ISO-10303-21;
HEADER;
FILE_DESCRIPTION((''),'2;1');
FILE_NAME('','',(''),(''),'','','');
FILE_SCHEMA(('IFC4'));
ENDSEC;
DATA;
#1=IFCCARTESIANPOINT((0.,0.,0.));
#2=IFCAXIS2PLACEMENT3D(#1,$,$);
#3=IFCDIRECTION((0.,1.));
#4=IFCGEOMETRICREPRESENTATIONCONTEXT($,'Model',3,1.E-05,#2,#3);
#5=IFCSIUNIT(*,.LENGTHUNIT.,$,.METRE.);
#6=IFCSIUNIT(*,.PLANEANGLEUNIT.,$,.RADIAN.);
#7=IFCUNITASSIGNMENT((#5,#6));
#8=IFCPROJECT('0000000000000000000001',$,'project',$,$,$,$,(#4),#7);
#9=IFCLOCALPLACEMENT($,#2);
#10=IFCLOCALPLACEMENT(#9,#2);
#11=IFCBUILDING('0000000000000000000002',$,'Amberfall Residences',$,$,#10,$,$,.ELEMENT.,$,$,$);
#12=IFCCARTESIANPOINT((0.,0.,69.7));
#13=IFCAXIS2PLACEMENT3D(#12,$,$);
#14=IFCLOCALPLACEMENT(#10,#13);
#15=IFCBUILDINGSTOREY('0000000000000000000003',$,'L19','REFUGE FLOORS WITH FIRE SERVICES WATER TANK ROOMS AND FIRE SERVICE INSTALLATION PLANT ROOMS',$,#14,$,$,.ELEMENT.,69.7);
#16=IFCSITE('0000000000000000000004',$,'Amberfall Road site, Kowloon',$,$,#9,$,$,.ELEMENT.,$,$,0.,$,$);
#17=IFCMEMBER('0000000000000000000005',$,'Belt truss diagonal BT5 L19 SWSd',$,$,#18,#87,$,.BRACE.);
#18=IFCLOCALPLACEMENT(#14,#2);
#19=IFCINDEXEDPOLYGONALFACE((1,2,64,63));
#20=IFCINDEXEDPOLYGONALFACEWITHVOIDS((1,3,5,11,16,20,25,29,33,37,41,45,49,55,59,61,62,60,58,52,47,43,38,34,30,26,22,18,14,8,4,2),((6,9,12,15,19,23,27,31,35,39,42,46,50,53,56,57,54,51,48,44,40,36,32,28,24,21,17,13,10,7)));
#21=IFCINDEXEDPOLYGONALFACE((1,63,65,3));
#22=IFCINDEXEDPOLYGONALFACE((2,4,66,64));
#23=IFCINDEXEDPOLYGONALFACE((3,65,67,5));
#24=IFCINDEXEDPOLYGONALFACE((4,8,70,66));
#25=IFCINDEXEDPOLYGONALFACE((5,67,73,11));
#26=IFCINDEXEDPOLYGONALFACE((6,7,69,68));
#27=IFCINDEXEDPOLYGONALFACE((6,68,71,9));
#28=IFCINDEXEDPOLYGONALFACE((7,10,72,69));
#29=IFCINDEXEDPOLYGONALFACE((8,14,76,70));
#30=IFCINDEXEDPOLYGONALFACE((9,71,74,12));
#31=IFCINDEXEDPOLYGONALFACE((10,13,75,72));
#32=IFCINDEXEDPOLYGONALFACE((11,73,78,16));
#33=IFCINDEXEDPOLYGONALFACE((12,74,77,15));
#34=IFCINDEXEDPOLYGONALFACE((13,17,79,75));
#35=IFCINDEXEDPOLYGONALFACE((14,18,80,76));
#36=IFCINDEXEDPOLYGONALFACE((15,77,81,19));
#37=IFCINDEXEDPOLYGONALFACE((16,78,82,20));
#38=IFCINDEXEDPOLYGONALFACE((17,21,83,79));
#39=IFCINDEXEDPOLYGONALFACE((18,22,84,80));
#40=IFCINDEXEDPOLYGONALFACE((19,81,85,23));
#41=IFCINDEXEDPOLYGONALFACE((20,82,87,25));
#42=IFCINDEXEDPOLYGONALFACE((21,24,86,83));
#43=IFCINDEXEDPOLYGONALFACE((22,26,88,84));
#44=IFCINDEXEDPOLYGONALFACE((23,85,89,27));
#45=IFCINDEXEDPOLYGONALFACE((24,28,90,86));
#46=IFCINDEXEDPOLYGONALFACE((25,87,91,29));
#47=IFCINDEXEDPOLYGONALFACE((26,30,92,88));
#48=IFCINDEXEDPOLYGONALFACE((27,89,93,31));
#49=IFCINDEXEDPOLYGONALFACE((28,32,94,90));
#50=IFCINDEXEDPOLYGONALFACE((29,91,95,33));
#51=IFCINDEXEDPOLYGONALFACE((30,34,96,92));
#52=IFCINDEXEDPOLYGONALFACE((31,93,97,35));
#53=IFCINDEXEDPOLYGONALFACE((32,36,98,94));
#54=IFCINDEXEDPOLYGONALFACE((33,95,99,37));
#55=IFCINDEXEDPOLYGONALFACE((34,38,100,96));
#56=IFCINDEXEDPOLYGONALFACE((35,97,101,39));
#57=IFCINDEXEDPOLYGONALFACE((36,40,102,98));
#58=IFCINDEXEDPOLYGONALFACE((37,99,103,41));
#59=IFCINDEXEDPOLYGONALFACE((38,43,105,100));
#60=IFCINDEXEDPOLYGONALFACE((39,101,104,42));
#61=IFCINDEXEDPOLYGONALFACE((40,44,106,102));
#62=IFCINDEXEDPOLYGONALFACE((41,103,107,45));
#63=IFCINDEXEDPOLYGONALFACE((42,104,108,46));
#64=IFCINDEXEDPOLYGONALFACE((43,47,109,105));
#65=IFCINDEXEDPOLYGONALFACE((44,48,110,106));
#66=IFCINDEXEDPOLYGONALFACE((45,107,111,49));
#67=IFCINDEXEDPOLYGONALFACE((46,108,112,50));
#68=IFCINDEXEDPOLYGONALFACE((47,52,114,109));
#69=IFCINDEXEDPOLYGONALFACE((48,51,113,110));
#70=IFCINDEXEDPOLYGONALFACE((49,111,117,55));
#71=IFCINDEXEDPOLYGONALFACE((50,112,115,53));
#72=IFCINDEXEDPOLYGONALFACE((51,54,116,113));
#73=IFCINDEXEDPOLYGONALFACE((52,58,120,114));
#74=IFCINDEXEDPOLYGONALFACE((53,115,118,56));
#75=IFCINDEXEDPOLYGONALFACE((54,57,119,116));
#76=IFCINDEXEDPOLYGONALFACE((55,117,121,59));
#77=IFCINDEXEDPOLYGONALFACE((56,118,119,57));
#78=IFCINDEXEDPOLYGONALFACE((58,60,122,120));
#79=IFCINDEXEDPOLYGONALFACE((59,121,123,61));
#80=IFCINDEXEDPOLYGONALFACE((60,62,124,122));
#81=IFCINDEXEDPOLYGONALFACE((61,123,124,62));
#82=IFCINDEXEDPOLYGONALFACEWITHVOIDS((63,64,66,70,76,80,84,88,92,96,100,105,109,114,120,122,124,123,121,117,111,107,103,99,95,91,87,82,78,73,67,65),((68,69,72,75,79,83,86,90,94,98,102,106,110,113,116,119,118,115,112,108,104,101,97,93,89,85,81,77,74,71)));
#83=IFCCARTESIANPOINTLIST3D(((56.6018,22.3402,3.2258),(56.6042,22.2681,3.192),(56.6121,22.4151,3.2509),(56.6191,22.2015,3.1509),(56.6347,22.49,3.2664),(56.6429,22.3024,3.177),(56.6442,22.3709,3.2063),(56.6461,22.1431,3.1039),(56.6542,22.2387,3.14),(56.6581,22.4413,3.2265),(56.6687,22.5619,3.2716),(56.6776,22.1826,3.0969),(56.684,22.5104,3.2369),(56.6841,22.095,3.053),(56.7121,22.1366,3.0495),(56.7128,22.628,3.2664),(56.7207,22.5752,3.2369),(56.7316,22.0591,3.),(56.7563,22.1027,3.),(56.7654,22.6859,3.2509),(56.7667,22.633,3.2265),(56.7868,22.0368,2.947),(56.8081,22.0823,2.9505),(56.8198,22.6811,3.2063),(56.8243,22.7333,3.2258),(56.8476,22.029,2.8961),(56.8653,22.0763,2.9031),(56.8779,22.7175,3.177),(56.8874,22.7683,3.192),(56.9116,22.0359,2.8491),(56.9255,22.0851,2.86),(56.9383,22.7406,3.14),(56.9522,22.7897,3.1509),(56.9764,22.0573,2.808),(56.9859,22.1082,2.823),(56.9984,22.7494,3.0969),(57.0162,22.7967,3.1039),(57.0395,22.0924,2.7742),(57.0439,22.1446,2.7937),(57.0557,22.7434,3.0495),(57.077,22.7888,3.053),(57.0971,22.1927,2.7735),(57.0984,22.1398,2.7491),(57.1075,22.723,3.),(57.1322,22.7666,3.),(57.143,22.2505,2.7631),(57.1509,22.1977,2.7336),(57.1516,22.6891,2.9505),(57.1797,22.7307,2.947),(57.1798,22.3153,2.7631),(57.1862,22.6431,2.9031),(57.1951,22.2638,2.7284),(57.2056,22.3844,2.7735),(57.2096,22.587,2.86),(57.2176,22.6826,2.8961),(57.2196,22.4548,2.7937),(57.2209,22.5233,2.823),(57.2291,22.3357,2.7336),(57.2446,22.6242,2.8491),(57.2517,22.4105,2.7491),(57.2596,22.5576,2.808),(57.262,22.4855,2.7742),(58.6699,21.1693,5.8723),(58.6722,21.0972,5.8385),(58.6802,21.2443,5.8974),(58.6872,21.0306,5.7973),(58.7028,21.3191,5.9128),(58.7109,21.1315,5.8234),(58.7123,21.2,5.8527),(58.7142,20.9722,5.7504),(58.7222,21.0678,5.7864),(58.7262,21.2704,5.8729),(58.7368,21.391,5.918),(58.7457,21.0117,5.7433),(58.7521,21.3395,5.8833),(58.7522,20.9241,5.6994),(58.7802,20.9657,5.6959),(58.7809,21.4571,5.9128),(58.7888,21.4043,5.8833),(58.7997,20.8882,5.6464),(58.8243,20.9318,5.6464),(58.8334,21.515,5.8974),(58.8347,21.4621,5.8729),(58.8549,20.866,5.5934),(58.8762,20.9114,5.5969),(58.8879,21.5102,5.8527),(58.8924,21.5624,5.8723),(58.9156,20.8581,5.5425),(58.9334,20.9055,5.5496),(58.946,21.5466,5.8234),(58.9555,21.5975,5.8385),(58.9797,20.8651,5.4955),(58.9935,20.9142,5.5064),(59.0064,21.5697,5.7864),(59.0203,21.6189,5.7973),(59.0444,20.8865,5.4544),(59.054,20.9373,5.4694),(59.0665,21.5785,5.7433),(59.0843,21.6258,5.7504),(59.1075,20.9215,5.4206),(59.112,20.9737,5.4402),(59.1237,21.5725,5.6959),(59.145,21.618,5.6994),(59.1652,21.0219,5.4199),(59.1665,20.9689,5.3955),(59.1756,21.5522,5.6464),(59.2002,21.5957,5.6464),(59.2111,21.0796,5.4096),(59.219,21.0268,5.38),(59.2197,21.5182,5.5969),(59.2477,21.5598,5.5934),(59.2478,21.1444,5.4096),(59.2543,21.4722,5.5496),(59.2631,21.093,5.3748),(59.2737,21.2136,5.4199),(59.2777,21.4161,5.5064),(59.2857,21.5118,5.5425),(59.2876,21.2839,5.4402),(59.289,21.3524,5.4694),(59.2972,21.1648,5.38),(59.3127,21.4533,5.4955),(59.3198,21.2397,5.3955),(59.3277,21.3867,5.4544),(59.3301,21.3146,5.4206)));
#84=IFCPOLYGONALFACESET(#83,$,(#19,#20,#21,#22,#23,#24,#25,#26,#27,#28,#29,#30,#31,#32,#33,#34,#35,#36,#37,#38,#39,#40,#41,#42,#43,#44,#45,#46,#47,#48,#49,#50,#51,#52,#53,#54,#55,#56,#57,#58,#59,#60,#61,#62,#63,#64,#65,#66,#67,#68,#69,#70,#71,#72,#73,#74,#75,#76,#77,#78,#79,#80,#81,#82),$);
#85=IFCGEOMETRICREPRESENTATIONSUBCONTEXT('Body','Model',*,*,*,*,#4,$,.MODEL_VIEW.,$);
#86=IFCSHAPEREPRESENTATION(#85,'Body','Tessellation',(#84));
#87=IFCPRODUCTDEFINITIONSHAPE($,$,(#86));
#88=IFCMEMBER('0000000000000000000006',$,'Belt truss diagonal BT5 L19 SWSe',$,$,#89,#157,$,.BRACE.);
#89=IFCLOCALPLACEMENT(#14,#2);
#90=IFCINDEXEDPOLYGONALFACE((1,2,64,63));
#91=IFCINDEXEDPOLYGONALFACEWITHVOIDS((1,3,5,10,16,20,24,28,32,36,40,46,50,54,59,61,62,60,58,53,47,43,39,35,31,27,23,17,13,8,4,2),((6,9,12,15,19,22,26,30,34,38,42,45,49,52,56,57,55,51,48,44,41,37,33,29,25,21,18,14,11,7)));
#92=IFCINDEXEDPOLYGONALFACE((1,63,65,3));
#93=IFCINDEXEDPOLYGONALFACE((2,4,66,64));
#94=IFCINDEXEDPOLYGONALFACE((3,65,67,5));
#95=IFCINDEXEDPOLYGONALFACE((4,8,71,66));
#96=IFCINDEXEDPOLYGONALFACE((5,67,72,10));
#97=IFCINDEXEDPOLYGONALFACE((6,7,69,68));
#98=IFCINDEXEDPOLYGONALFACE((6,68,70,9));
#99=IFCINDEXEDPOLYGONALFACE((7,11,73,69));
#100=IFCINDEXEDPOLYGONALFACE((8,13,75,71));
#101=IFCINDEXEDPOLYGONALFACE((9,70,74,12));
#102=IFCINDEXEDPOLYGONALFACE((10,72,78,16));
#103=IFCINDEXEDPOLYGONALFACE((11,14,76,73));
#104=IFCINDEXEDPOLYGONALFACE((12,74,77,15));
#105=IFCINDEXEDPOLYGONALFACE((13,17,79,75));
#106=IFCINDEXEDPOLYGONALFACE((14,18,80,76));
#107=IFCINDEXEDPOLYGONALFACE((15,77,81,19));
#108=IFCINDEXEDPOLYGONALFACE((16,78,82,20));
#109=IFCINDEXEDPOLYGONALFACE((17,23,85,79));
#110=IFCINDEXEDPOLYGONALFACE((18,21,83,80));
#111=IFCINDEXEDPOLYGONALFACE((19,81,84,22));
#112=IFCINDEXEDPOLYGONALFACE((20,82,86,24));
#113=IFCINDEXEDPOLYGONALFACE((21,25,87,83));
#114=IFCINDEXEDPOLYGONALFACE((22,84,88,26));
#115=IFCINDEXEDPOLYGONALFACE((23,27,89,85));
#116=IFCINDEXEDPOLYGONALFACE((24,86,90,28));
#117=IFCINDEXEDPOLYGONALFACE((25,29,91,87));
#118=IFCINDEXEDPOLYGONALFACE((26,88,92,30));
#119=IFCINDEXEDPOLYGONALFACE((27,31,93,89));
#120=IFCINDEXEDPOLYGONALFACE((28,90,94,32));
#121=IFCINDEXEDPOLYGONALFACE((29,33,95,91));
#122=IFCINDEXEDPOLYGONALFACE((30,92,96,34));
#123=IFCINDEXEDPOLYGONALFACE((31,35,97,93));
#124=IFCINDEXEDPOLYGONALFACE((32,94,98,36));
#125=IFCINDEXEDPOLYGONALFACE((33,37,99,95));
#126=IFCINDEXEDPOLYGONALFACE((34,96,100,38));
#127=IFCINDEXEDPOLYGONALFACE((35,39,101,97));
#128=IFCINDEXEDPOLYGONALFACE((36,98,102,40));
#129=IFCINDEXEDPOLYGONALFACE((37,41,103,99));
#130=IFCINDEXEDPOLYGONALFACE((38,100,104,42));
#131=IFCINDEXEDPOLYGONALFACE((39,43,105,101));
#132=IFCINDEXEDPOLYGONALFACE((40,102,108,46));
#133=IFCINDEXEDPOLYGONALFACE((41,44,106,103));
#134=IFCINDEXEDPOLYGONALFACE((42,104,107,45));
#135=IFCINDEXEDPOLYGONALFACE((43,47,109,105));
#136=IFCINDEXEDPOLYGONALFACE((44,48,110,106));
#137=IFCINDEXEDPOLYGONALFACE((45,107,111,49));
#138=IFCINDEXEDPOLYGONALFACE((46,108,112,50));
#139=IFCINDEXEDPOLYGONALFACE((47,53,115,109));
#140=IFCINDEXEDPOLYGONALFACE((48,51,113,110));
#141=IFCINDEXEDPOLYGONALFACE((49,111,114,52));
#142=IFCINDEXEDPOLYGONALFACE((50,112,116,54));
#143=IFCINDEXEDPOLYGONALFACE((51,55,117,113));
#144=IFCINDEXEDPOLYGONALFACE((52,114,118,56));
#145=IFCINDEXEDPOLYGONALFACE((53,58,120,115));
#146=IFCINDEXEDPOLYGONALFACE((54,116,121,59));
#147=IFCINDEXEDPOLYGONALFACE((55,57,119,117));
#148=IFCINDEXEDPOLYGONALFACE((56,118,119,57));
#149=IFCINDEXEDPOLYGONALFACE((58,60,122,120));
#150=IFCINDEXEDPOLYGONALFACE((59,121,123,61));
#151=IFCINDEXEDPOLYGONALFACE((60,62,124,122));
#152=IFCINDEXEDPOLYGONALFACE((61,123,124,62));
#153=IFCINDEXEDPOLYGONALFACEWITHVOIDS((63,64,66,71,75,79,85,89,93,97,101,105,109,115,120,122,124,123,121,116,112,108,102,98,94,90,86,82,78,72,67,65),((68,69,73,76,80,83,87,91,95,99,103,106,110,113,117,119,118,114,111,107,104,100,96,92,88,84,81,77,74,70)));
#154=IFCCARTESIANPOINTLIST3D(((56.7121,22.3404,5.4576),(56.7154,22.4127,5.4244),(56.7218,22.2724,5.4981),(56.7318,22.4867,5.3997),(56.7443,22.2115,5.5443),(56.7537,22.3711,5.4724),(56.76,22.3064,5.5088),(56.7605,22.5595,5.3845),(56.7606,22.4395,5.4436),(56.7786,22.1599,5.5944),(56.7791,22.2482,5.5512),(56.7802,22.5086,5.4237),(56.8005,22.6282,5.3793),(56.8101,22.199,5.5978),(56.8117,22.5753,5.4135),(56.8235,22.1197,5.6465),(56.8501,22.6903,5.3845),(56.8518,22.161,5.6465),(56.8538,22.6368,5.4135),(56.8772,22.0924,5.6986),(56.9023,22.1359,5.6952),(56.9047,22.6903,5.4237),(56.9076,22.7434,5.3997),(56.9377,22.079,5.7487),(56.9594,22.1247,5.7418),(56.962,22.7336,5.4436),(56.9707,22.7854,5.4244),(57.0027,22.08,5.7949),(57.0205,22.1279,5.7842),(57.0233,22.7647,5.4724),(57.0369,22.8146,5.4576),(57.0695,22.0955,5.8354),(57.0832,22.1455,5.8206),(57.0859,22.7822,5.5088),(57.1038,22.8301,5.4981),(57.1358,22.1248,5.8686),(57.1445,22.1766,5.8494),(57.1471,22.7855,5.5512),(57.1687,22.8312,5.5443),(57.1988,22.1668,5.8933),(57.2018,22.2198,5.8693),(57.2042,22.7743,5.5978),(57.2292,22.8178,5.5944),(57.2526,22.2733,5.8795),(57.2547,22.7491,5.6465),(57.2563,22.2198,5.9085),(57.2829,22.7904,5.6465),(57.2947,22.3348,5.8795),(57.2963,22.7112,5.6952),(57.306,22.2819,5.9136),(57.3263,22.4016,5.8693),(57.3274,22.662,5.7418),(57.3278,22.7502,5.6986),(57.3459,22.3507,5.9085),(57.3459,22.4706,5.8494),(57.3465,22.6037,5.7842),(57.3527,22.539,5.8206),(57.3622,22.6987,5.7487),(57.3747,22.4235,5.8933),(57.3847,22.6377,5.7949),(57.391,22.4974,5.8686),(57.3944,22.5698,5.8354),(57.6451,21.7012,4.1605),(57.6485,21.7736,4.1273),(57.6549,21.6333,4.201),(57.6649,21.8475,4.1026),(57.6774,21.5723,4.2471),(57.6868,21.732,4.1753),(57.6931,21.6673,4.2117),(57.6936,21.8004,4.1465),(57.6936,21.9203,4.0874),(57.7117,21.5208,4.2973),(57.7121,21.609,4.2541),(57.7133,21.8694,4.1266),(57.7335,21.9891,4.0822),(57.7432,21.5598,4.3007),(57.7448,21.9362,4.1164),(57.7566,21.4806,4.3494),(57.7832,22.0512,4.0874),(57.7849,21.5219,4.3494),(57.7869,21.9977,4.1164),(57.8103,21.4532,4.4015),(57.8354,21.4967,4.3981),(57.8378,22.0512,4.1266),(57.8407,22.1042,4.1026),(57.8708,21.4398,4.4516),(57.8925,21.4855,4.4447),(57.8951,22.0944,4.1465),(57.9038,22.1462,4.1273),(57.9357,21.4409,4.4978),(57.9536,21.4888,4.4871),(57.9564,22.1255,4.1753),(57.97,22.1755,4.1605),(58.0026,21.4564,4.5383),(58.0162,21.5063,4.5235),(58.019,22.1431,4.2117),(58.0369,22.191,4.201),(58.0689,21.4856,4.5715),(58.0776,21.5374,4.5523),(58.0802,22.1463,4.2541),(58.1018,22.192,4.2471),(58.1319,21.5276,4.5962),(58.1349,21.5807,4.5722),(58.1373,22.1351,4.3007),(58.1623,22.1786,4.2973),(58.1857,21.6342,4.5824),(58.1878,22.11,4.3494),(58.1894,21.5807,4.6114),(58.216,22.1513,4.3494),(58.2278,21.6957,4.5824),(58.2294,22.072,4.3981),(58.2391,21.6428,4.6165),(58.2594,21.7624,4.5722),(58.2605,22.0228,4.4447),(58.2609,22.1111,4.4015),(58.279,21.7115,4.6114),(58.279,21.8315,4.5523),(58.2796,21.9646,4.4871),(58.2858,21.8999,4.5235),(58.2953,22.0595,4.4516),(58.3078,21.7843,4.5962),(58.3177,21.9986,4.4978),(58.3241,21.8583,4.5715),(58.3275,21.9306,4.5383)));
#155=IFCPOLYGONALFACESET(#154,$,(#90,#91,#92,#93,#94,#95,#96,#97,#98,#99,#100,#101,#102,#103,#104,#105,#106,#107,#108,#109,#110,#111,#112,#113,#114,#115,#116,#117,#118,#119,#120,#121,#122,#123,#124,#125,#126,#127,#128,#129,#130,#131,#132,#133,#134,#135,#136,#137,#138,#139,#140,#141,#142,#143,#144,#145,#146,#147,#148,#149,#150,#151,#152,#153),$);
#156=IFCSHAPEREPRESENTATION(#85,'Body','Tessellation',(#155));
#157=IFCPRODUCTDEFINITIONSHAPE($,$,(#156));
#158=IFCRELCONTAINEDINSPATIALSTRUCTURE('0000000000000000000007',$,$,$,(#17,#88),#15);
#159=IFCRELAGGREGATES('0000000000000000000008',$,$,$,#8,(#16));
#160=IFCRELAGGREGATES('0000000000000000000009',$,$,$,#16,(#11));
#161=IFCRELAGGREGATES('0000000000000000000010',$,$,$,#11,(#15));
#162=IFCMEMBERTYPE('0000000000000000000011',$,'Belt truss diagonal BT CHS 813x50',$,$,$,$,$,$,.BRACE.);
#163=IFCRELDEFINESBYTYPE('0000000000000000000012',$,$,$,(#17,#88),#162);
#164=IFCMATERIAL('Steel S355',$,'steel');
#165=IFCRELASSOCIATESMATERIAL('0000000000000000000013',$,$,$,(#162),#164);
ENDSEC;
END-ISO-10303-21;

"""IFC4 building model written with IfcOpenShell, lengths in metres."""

from ifc_helpers import new_model, si_unit, direction, frame, origin, origin_2d, place, context, subcontext, project, spatial, hollow_circle, extrude, material, material_profile, profile_set, type_object, element, save


model = new_model("IFC4")

# Units and contexts
model_context = context("Model", 3, precision=1e-05, world=origin(), true_north=direction((0.0, 1.0)))
body_context = subcontext(model_context, "Body", "Model", "MODEL_VIEW")
ifc_project = project(units=[si_unit("LENGTHUNIT", "METRE"), si_unit("PLANEANGLEUNIT", "RADIAN")], contexts=[model_context])

# Site, building, storey
site_placement = place(None, origin())
site = spatial("IfcSite", under=ifc_project, at=site_placement, Name="Amberfall Road site, Kowloon", CompositionType="ELEMENT", RefElevation=0.0)
building_placement = place(site_placement, origin())
building = spatial("IfcBuilding", under=site, at=building_placement, Name="Amberfall Residences", CompositionType="ELEMENT")
storey_placement = place(building_placement, frame((0.0, 0.0, 69.7)))
storey = spatial("IfcBuildingStorey", under=building, at=storey_placement, Name="L19", Description="REFUGE FLOORS WITH FIRE SERVICES WATER TANK ROOMS AND FIRE SERVICE INSTALLATION PLANT ROOMS", CompositionType="ELEMENT", Elevation=69.7)

# Shared definitions
ifc_material_1 = material(Name="Steel S355", Category="steel")

# Members
ifc_material_profile_1 = material_profile(ifc_material_1, hollow_circle(Radius=0.4065, WallThickness=0.05, at=origin_2d()), Name="CHS 813x50")
ifc_profile_set_1 = profile_set([ifc_material_profile_1], Name="Steel S355")
member_type = type_object("IfcMemberType", Name="Belt truss diagonal BT CHS 813x50", PredefinedType="BRACE", material=ifc_profile_set_1)
member_1_placement = place(storey_placement, frame((56.9319, 22.4128, 3.0), z_axis=(0.581427, -0.329185, 0.744029), x_axis=(0.492683, 0.870209, 0.0)))
element("IfcMember", 1, at=member_1_placement, inside=storey, type_object=member_type, Name="Belt truss diagonal BT5 L19 SWSd", PredefinedType="BRACE", context=body_context, shape_type="SweptSolid", body=[
    extrude(hollow_circle(Radius=0.4065, WallThickness=0.05, at=origin_2d()), origin(), (0.0, 0.0, 1.0), 3.5569),
])
member_2_placement = place(storey_placement, frame((57.0532, 22.4551, 5.6465), z_axis=(0.542198, -0.371396, -0.753715), x_axis=(0.565117, 0.825011, 0.0)))
element("IfcMember", 2, at=member_2_placement, inside=storey, type_object=member_type, Name="Belt truss diagonal BT5 L19 SWSe", PredefinedType="BRACE", context=body_context, shape_type="SweptSolid", body=[
    extrude(hollow_circle(Radius=0.4065, WallThickness=0.05, at=origin_2d()), origin(), (0.0, 0.0, 1.0), 1.7209),
])

save(model, "model.ifc")
